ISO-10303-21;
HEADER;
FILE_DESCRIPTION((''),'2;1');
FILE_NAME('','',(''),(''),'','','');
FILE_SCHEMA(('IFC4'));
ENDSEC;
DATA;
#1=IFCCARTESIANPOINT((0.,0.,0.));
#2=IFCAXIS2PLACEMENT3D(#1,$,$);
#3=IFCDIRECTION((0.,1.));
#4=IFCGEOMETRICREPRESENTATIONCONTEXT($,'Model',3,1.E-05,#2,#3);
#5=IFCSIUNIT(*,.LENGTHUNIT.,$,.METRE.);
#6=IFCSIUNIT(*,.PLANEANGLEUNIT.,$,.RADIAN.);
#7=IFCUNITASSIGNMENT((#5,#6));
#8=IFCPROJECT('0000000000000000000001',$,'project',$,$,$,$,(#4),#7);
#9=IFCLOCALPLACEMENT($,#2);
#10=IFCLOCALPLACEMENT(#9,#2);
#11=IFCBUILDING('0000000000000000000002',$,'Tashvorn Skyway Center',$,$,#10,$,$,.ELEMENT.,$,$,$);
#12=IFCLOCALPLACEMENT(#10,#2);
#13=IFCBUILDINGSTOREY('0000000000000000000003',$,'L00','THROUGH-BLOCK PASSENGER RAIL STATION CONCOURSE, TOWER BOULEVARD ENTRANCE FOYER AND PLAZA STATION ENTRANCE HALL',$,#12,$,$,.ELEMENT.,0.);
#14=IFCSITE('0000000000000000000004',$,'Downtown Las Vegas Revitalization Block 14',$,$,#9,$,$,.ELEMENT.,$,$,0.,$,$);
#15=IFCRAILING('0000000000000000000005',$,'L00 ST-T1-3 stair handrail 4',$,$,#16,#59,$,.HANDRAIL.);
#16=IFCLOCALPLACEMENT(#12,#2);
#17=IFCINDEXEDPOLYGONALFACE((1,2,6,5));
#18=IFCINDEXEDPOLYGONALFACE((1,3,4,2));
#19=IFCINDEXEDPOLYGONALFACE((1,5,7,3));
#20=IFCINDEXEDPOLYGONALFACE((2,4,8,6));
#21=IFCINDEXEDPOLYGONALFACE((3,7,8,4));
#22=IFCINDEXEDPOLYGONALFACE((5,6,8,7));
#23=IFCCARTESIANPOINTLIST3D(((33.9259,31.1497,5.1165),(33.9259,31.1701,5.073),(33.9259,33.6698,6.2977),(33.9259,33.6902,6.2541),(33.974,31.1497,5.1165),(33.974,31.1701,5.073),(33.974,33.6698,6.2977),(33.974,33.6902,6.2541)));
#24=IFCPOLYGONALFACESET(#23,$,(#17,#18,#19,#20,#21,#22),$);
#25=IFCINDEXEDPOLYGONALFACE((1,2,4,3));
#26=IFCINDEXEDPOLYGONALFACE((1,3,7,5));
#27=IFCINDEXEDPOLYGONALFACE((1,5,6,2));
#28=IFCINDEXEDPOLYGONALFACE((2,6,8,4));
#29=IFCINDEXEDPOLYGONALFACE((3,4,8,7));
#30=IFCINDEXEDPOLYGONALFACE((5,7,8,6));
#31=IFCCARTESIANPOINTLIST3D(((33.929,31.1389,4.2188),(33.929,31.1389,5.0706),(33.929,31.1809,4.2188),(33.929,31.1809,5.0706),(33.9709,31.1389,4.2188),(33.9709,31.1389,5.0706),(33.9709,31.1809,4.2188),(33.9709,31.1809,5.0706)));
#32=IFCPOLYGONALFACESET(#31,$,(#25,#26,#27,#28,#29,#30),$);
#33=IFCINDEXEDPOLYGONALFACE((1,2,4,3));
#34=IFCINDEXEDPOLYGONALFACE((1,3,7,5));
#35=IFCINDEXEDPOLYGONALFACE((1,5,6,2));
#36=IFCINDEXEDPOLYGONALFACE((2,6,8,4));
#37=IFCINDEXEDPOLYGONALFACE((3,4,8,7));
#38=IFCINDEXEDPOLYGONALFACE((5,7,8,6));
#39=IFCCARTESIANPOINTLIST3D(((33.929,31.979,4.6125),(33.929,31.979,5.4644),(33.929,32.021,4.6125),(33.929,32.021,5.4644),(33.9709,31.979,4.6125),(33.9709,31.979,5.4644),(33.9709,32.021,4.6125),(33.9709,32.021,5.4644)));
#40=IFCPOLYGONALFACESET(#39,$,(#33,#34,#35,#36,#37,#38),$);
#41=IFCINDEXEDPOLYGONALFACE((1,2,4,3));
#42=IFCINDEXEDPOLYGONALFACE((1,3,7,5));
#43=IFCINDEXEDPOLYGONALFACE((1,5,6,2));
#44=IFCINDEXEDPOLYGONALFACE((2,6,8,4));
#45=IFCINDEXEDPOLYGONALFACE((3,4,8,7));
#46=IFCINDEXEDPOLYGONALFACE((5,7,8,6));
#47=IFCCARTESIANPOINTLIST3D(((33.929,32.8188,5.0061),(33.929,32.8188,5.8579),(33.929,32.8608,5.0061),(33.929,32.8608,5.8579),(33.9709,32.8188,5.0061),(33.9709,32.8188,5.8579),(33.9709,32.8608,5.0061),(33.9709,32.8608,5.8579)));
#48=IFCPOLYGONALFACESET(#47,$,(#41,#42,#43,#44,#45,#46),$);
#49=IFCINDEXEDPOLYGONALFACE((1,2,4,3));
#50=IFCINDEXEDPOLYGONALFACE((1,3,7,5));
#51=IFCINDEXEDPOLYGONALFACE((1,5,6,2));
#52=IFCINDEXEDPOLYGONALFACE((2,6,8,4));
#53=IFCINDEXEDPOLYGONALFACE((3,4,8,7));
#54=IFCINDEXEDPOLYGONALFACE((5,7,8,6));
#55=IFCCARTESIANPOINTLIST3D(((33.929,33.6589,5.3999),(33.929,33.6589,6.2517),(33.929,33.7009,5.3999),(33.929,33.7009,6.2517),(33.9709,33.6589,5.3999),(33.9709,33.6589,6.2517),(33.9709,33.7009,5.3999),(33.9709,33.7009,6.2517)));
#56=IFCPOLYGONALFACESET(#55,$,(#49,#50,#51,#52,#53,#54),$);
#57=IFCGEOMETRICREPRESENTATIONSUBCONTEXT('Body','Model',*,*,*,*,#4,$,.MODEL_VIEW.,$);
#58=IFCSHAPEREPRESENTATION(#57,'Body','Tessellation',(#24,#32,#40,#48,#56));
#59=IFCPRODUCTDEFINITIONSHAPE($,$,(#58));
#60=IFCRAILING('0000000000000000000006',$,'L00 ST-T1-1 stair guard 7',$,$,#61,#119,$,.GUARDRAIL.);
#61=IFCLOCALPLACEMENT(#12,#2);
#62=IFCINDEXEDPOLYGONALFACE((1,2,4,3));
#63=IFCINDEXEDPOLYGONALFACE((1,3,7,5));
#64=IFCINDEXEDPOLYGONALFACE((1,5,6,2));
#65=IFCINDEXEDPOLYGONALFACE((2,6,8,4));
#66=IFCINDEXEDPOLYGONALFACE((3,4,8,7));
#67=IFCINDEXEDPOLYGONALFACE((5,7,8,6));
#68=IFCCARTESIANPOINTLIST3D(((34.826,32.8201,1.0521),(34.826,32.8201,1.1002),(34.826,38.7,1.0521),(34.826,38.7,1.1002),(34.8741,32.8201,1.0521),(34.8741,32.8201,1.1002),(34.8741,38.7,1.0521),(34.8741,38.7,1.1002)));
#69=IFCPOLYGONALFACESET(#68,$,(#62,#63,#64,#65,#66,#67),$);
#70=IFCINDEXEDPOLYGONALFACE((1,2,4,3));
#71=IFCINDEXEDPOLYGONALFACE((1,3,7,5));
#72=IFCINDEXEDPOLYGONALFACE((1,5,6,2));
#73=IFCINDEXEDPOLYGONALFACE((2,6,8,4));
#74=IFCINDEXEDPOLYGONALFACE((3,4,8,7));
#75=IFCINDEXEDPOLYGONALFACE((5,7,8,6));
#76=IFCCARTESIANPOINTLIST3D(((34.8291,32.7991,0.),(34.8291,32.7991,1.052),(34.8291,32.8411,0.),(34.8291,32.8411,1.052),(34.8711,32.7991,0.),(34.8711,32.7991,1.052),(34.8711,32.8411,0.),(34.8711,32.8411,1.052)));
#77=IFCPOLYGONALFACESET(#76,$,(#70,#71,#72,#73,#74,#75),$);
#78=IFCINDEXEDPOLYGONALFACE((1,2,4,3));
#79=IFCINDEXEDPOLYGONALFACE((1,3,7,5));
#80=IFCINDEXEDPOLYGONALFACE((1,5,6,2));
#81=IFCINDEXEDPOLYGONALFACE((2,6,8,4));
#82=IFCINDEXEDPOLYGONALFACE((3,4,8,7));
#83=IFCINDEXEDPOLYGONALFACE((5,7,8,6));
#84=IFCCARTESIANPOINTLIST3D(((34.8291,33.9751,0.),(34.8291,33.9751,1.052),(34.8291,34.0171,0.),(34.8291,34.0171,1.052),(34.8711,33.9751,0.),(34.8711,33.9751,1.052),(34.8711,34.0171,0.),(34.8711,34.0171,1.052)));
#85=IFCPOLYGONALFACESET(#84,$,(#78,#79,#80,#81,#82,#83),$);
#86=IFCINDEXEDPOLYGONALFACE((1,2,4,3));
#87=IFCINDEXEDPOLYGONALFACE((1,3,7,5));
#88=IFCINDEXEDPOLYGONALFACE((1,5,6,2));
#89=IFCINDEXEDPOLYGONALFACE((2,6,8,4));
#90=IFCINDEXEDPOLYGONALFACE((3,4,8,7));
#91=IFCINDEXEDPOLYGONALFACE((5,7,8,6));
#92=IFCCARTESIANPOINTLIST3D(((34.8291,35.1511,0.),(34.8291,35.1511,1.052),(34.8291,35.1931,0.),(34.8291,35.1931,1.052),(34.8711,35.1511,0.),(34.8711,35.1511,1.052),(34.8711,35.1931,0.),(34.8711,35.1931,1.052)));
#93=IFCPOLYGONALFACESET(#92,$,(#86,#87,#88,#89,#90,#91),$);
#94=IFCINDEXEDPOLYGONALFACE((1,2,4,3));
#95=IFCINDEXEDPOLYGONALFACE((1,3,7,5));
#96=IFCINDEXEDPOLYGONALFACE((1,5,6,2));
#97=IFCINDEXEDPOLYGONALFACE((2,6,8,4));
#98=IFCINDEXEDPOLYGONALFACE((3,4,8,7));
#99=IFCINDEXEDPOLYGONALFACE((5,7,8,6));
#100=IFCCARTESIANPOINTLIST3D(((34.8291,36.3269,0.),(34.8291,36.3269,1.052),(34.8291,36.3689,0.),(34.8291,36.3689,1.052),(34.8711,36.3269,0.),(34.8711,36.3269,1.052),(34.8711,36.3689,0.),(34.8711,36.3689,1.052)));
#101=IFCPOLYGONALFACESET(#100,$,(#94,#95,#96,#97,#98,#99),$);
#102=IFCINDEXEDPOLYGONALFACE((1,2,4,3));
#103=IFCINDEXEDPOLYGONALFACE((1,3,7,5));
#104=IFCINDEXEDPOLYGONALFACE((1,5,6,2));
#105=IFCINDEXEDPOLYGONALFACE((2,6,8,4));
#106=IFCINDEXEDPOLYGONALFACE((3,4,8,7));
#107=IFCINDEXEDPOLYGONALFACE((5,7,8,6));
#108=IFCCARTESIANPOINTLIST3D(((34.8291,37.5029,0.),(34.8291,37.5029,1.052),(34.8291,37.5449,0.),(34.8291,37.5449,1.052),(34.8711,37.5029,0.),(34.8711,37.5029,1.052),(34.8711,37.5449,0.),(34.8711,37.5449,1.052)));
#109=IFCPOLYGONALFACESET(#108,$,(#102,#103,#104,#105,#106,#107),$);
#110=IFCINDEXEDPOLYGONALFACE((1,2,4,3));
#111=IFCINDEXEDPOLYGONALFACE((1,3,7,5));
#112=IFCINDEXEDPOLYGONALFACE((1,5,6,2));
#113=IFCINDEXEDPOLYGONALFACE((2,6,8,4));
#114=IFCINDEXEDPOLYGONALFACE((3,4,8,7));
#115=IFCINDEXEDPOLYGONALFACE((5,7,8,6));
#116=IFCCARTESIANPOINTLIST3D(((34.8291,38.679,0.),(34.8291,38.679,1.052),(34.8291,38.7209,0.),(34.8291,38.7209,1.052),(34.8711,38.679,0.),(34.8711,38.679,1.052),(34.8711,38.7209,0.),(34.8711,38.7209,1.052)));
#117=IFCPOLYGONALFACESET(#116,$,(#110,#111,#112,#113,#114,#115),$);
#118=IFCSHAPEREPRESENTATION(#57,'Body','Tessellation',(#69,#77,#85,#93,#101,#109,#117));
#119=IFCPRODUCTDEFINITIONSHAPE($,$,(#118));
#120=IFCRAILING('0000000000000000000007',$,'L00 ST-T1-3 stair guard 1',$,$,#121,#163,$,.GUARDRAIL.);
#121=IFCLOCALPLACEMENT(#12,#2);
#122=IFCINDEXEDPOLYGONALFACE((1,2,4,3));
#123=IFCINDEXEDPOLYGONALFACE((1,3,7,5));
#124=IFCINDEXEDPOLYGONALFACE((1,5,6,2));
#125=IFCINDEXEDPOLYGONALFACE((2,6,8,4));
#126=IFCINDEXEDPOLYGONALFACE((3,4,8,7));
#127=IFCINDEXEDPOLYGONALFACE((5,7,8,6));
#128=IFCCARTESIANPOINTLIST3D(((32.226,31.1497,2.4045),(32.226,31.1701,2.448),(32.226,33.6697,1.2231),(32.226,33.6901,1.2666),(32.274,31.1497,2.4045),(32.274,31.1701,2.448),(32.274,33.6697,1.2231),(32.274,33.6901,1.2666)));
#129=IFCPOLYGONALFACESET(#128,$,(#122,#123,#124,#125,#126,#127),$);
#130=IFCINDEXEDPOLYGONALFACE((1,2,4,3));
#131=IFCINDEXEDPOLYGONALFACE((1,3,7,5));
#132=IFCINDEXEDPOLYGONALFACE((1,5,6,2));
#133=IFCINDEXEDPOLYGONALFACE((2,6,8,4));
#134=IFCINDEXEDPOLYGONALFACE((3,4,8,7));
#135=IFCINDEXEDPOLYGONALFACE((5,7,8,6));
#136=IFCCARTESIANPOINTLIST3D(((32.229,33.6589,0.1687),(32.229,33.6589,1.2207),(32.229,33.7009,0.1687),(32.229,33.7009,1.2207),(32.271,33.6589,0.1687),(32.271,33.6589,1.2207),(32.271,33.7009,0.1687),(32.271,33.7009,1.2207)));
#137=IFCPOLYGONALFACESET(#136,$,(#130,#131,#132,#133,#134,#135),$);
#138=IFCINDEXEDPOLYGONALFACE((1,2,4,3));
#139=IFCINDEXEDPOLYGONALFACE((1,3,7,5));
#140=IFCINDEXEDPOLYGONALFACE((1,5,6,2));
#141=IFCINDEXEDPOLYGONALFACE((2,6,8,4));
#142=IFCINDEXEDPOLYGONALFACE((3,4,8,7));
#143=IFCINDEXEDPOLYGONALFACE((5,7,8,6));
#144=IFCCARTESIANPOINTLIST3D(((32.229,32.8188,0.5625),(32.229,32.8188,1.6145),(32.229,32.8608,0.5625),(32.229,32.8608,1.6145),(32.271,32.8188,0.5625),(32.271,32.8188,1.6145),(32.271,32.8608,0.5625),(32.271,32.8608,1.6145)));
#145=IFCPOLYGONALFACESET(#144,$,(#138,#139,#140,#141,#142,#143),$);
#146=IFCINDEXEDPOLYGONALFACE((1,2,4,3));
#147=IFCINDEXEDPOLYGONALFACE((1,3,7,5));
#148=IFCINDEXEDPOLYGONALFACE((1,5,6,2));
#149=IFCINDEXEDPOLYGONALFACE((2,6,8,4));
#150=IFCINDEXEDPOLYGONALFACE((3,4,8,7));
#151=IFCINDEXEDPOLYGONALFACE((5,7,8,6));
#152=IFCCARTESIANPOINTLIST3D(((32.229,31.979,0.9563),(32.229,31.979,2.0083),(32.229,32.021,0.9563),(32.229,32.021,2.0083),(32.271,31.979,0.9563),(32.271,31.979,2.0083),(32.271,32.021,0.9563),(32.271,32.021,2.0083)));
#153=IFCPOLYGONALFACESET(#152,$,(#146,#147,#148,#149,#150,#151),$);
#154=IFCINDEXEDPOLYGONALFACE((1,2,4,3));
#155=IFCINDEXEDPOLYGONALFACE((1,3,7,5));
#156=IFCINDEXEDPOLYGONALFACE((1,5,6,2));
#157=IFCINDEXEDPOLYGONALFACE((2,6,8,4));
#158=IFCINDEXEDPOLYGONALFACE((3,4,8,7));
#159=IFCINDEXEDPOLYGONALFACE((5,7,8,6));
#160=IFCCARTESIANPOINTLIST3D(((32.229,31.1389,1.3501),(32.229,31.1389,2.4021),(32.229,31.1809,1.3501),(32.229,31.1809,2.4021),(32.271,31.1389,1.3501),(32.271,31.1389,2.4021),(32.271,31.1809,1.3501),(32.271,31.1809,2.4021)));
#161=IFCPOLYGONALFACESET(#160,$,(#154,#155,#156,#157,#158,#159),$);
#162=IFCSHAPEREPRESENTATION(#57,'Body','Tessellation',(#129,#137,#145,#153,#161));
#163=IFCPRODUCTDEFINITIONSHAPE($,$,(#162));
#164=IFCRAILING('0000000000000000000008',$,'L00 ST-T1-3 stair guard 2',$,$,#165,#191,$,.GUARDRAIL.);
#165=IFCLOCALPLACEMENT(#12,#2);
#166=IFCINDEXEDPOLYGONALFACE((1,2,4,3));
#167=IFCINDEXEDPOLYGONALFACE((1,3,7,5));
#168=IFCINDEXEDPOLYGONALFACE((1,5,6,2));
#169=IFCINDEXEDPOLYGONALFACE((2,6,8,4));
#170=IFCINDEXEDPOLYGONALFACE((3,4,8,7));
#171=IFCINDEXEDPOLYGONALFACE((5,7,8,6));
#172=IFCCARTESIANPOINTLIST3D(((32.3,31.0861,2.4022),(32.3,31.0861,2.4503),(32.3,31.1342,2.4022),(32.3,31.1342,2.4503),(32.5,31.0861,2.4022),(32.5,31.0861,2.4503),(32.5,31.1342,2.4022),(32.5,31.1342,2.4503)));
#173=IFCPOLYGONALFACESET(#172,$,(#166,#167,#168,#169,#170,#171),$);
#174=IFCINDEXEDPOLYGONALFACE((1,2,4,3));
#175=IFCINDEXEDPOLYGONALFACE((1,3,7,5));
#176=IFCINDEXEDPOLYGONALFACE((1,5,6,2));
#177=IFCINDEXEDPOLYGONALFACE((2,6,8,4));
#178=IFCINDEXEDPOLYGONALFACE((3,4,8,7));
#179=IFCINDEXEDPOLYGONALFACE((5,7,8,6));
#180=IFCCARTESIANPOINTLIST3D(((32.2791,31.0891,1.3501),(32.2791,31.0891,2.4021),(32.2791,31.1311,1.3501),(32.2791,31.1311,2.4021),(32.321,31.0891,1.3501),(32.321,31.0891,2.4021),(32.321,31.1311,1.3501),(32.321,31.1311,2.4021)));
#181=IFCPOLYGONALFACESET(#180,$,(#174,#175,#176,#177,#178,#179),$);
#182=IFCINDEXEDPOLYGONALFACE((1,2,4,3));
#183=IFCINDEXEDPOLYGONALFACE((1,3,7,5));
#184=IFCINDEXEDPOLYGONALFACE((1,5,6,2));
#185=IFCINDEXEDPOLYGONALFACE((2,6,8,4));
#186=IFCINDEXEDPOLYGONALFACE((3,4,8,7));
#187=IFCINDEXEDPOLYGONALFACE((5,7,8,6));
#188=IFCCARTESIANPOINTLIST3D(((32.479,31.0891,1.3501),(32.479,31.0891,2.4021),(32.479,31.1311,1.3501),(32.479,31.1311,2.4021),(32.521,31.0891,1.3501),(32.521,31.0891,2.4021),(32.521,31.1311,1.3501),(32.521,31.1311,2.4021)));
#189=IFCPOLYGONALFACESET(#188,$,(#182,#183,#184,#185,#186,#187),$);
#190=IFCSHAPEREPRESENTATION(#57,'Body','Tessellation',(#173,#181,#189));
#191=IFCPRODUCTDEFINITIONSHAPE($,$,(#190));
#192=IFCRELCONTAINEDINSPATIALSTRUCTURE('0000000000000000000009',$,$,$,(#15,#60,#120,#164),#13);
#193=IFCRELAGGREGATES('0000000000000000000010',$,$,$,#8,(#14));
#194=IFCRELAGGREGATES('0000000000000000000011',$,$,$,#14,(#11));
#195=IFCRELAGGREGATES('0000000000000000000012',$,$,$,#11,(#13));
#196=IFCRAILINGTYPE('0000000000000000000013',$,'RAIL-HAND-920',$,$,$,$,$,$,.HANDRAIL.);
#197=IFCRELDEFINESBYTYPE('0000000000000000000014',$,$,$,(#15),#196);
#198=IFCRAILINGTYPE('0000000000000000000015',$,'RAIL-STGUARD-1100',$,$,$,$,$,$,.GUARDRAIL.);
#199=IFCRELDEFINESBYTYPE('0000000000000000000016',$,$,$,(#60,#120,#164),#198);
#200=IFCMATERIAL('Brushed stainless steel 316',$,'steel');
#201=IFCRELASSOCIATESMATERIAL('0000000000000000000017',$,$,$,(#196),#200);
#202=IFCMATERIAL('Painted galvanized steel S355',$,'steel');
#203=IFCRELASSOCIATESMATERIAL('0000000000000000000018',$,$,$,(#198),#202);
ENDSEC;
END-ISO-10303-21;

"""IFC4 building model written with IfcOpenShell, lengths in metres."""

from ifc_helpers import new_model, si_unit, direction, frame, origin, origin_2d, place, context, subcontext, project, spatial, rectangle, extrude, material, type_object, element, save


model = new_model("IFC4")

# Units and contexts
model_context = context("Model", 3, precision=1e-05, world=origin(), true_north=direction((0.0, 1.0)))
body_context = subcontext(model_context, "Body", "Model", "MODEL_VIEW")
ifc_project = project(units=[si_unit("LENGTHUNIT", "METRE"), si_unit("PLANEANGLEUNIT", "RADIAN")], contexts=[model_context])

# Site, building, storey
site_placement = place(None, origin())
site = spatial("IfcSite", under=ifc_project, at=site_placement, Name="Downtown Las Vegas Revitalization Block 14", CompositionType="ELEMENT", RefElevation=0.0)
building_placement = place(site_placement, origin())
building = spatial("IfcBuilding", under=site, at=building_placement, Name="Tashvorn Skyway Center", CompositionType="ELEMENT")
storey_placement = place(building_placement, origin())
storey = spatial("IfcBuildingStorey", under=building, at=storey_placement, Name="L00", Description="THROUGH-BLOCK PASSENGER RAIL STATION CONCOURSE, TOWER BOULEVARD ENTRANCE FOYER AND PLAZA STATION ENTRANCE HALL", CompositionType="ELEMENT", Elevation=0.0)

# Railings
ifc_material_1 = material(Name="Brushed stainless steel 316", Category="steel")
railing_type_1 = type_object("IfcRailingType", Name="RAIL-HAND-920", PredefinedType="HANDRAIL", material=ifc_material_1)
railing_1_placement = place(storey_placement, frame((33.95, 31.1599, 4.2188)))
element("IfcRailing", 1, at=railing_1_placement, inside=storey, type_object=railing_type_1, Name="L00 ST-T1-3 stair handrail 4", PredefinedType="HANDRAIL", context=body_context, shape_type="SweptSolid", body=[
    extrude(rectangle(XDim=0.0481, YDim=0.0481, at=origin_2d()), frame((0.0, 0.0, 0.876), z_axis=(0.0, 0.905474, 0.424402), x_axis=(-1.0, 0.0, 0.0)), (0.0, 0.0, 1.0), 2.7832),
    extrude(rectangle(XDim=0.042, YDim=0.042, at=origin_2d()), origin(), (0.0, 0.0, 1.0), 0.8518),
    extrude(rectangle(XDim=0.042, YDim=0.042, at=origin_2d()), frame((0.0, 0.8401, 0.3938)), (0.0, 0.0, 1.0), 0.8518),
    extrude(rectangle(XDim=0.042, YDim=0.042, at=origin_2d()), frame((0.0, 1.6799, 0.7874)), (0.0, 0.0, 1.0), 0.8518),
    extrude(rectangle(XDim=0.042, YDim=0.042, at=origin_2d()), frame((0.0, 2.52, 1.1812)), (0.0, 0.0, 1.0), 0.8518),
])
ifc_material_2 = material(Name="Painted galvanized steel S355", Category="steel")
railing_type_2 = type_object("IfcRailingType", Name="RAIL-STGUARD-1100", PredefinedType="GUARDRAIL", material=ifc_material_2)
railing_2_placement = place(storey_placement, frame((34.8501, 32.8201, 0.0)))
element("IfcRailing", 2, at=railing_2_placement, inside=storey, type_object=railing_type_2, Name="L00 ST-T1-1 stair guard 7", PredefinedType="GUARDRAIL", context=body_context, shape_type="SweptSolid", body=[
    extrude(rectangle(XDim=0.0481, YDim=0.0481, at=origin_2d()), frame((0.0, 0.0, 1.0762), z_axis=(0.0, 1.0, 0.0), x_axis=(-1.0, 0.0, 0.0)), (0.0, 0.0, 1.0), 5.8799),
    extrude(rectangle(XDim=0.042, YDim=0.042, at=origin_2d()), origin(), (0.0, 0.0, 1.0), 1.052),
    extrude(rectangle(XDim=0.042, YDim=0.042, at=origin_2d()), frame((0.0, 1.176, 0.0)), (0.0, 0.0, 1.0), 1.052),
    extrude(rectangle(XDim=0.042, YDim=0.042, at=origin_2d()), frame((0.0, 2.3521, 0.0)), (0.0, 0.0, 1.0), 1.052),
    extrude(rectangle(XDim=0.042, YDim=0.042, at=origin_2d()), frame((0.0, 3.5278, 0.0)), (0.0, 0.0, 1.0), 1.052),
    extrude(rectangle(XDim=0.042, YDim=0.042, at=origin_2d()), frame((0.0, 4.7039, 0.0)), (0.0, 0.0, 1.0), 1.052),
    extrude(rectangle(XDim=0.042, YDim=0.042, at=origin_2d()), frame((0.0, 5.8799, 0.0)), (0.0, 0.0, 1.0), 1.052),
])
railing_3_placement = place(storey_placement, frame((32.25, 33.6799, 0.1687)))
element("IfcRailing", 3, at=railing_3_placement, inside=storey, type_object=railing_type_2, Name="L00 ST-T1-3 stair guard 1", PredefinedType="GUARDRAIL", context=body_context, shape_type="SweptSolid", body=[
    extrude(rectangle(XDim=0.0481, YDim=0.0481, at=origin_2d()), frame((0.0, 0.0, 1.0762), z_axis=(0.0, -0.90544, 0.424474), x_axis=(1.0, 0.0, 0.0)), (0.0, 0.0, 1.0), 2.7832),
    extrude(rectangle(XDim=0.042, YDim=0.042, at=origin_2d()), origin(), (0.0, 0.0, 1.0), 1.052),
    extrude(rectangle(XDim=0.042, YDim=0.042, at=origin_2d()), frame((0.0, -0.8401, 0.3938)), (0.0, 0.0, 1.0), 1.052),
    extrude(rectangle(XDim=0.042, YDim=0.042, at=origin_2d()), frame((0.0, -1.6799, 0.7876)), (0.0, 0.0, 1.0), 1.052),
    extrude(rectangle(XDim=0.042, YDim=0.042, at=origin_2d()), frame((0.0, -2.52, 1.1814)), (0.0, 0.0, 1.0), 1.052),
])
railing_4_placement = place(storey_placement, frame((32.3, 31.1101, 1.3501)))
element("IfcRailing", 4, at=railing_4_placement, inside=storey, type_object=railing_type_2, Name="L00 ST-T1-3 stair guard 2", PredefinedType="GUARDRAIL", context=body_context, shape_type="SweptSolid", body=[
    extrude(rectangle(XDim=0.0481, YDim=0.0481, at=origin_2d()), frame((0.0, 0.0, 1.0762), z_axis=(1.0, 0.0, 0.0), x_axis=(0.0, 1.0, 0.0)), (0.0, 0.0, 1.0), 0.2),
    extrude(rectangle(XDim=0.042, YDim=0.042, at=origin_2d()), origin(), (0.0, 0.0, 1.0), 1.052),
    extrude(rectangle(XDim=0.042, YDim=0.042, at=origin_2d()), frame((0.2, 0.0, 0.0)), (0.0, 0.0, 1.0), 1.052),
])

save(model, "model.ifc")
